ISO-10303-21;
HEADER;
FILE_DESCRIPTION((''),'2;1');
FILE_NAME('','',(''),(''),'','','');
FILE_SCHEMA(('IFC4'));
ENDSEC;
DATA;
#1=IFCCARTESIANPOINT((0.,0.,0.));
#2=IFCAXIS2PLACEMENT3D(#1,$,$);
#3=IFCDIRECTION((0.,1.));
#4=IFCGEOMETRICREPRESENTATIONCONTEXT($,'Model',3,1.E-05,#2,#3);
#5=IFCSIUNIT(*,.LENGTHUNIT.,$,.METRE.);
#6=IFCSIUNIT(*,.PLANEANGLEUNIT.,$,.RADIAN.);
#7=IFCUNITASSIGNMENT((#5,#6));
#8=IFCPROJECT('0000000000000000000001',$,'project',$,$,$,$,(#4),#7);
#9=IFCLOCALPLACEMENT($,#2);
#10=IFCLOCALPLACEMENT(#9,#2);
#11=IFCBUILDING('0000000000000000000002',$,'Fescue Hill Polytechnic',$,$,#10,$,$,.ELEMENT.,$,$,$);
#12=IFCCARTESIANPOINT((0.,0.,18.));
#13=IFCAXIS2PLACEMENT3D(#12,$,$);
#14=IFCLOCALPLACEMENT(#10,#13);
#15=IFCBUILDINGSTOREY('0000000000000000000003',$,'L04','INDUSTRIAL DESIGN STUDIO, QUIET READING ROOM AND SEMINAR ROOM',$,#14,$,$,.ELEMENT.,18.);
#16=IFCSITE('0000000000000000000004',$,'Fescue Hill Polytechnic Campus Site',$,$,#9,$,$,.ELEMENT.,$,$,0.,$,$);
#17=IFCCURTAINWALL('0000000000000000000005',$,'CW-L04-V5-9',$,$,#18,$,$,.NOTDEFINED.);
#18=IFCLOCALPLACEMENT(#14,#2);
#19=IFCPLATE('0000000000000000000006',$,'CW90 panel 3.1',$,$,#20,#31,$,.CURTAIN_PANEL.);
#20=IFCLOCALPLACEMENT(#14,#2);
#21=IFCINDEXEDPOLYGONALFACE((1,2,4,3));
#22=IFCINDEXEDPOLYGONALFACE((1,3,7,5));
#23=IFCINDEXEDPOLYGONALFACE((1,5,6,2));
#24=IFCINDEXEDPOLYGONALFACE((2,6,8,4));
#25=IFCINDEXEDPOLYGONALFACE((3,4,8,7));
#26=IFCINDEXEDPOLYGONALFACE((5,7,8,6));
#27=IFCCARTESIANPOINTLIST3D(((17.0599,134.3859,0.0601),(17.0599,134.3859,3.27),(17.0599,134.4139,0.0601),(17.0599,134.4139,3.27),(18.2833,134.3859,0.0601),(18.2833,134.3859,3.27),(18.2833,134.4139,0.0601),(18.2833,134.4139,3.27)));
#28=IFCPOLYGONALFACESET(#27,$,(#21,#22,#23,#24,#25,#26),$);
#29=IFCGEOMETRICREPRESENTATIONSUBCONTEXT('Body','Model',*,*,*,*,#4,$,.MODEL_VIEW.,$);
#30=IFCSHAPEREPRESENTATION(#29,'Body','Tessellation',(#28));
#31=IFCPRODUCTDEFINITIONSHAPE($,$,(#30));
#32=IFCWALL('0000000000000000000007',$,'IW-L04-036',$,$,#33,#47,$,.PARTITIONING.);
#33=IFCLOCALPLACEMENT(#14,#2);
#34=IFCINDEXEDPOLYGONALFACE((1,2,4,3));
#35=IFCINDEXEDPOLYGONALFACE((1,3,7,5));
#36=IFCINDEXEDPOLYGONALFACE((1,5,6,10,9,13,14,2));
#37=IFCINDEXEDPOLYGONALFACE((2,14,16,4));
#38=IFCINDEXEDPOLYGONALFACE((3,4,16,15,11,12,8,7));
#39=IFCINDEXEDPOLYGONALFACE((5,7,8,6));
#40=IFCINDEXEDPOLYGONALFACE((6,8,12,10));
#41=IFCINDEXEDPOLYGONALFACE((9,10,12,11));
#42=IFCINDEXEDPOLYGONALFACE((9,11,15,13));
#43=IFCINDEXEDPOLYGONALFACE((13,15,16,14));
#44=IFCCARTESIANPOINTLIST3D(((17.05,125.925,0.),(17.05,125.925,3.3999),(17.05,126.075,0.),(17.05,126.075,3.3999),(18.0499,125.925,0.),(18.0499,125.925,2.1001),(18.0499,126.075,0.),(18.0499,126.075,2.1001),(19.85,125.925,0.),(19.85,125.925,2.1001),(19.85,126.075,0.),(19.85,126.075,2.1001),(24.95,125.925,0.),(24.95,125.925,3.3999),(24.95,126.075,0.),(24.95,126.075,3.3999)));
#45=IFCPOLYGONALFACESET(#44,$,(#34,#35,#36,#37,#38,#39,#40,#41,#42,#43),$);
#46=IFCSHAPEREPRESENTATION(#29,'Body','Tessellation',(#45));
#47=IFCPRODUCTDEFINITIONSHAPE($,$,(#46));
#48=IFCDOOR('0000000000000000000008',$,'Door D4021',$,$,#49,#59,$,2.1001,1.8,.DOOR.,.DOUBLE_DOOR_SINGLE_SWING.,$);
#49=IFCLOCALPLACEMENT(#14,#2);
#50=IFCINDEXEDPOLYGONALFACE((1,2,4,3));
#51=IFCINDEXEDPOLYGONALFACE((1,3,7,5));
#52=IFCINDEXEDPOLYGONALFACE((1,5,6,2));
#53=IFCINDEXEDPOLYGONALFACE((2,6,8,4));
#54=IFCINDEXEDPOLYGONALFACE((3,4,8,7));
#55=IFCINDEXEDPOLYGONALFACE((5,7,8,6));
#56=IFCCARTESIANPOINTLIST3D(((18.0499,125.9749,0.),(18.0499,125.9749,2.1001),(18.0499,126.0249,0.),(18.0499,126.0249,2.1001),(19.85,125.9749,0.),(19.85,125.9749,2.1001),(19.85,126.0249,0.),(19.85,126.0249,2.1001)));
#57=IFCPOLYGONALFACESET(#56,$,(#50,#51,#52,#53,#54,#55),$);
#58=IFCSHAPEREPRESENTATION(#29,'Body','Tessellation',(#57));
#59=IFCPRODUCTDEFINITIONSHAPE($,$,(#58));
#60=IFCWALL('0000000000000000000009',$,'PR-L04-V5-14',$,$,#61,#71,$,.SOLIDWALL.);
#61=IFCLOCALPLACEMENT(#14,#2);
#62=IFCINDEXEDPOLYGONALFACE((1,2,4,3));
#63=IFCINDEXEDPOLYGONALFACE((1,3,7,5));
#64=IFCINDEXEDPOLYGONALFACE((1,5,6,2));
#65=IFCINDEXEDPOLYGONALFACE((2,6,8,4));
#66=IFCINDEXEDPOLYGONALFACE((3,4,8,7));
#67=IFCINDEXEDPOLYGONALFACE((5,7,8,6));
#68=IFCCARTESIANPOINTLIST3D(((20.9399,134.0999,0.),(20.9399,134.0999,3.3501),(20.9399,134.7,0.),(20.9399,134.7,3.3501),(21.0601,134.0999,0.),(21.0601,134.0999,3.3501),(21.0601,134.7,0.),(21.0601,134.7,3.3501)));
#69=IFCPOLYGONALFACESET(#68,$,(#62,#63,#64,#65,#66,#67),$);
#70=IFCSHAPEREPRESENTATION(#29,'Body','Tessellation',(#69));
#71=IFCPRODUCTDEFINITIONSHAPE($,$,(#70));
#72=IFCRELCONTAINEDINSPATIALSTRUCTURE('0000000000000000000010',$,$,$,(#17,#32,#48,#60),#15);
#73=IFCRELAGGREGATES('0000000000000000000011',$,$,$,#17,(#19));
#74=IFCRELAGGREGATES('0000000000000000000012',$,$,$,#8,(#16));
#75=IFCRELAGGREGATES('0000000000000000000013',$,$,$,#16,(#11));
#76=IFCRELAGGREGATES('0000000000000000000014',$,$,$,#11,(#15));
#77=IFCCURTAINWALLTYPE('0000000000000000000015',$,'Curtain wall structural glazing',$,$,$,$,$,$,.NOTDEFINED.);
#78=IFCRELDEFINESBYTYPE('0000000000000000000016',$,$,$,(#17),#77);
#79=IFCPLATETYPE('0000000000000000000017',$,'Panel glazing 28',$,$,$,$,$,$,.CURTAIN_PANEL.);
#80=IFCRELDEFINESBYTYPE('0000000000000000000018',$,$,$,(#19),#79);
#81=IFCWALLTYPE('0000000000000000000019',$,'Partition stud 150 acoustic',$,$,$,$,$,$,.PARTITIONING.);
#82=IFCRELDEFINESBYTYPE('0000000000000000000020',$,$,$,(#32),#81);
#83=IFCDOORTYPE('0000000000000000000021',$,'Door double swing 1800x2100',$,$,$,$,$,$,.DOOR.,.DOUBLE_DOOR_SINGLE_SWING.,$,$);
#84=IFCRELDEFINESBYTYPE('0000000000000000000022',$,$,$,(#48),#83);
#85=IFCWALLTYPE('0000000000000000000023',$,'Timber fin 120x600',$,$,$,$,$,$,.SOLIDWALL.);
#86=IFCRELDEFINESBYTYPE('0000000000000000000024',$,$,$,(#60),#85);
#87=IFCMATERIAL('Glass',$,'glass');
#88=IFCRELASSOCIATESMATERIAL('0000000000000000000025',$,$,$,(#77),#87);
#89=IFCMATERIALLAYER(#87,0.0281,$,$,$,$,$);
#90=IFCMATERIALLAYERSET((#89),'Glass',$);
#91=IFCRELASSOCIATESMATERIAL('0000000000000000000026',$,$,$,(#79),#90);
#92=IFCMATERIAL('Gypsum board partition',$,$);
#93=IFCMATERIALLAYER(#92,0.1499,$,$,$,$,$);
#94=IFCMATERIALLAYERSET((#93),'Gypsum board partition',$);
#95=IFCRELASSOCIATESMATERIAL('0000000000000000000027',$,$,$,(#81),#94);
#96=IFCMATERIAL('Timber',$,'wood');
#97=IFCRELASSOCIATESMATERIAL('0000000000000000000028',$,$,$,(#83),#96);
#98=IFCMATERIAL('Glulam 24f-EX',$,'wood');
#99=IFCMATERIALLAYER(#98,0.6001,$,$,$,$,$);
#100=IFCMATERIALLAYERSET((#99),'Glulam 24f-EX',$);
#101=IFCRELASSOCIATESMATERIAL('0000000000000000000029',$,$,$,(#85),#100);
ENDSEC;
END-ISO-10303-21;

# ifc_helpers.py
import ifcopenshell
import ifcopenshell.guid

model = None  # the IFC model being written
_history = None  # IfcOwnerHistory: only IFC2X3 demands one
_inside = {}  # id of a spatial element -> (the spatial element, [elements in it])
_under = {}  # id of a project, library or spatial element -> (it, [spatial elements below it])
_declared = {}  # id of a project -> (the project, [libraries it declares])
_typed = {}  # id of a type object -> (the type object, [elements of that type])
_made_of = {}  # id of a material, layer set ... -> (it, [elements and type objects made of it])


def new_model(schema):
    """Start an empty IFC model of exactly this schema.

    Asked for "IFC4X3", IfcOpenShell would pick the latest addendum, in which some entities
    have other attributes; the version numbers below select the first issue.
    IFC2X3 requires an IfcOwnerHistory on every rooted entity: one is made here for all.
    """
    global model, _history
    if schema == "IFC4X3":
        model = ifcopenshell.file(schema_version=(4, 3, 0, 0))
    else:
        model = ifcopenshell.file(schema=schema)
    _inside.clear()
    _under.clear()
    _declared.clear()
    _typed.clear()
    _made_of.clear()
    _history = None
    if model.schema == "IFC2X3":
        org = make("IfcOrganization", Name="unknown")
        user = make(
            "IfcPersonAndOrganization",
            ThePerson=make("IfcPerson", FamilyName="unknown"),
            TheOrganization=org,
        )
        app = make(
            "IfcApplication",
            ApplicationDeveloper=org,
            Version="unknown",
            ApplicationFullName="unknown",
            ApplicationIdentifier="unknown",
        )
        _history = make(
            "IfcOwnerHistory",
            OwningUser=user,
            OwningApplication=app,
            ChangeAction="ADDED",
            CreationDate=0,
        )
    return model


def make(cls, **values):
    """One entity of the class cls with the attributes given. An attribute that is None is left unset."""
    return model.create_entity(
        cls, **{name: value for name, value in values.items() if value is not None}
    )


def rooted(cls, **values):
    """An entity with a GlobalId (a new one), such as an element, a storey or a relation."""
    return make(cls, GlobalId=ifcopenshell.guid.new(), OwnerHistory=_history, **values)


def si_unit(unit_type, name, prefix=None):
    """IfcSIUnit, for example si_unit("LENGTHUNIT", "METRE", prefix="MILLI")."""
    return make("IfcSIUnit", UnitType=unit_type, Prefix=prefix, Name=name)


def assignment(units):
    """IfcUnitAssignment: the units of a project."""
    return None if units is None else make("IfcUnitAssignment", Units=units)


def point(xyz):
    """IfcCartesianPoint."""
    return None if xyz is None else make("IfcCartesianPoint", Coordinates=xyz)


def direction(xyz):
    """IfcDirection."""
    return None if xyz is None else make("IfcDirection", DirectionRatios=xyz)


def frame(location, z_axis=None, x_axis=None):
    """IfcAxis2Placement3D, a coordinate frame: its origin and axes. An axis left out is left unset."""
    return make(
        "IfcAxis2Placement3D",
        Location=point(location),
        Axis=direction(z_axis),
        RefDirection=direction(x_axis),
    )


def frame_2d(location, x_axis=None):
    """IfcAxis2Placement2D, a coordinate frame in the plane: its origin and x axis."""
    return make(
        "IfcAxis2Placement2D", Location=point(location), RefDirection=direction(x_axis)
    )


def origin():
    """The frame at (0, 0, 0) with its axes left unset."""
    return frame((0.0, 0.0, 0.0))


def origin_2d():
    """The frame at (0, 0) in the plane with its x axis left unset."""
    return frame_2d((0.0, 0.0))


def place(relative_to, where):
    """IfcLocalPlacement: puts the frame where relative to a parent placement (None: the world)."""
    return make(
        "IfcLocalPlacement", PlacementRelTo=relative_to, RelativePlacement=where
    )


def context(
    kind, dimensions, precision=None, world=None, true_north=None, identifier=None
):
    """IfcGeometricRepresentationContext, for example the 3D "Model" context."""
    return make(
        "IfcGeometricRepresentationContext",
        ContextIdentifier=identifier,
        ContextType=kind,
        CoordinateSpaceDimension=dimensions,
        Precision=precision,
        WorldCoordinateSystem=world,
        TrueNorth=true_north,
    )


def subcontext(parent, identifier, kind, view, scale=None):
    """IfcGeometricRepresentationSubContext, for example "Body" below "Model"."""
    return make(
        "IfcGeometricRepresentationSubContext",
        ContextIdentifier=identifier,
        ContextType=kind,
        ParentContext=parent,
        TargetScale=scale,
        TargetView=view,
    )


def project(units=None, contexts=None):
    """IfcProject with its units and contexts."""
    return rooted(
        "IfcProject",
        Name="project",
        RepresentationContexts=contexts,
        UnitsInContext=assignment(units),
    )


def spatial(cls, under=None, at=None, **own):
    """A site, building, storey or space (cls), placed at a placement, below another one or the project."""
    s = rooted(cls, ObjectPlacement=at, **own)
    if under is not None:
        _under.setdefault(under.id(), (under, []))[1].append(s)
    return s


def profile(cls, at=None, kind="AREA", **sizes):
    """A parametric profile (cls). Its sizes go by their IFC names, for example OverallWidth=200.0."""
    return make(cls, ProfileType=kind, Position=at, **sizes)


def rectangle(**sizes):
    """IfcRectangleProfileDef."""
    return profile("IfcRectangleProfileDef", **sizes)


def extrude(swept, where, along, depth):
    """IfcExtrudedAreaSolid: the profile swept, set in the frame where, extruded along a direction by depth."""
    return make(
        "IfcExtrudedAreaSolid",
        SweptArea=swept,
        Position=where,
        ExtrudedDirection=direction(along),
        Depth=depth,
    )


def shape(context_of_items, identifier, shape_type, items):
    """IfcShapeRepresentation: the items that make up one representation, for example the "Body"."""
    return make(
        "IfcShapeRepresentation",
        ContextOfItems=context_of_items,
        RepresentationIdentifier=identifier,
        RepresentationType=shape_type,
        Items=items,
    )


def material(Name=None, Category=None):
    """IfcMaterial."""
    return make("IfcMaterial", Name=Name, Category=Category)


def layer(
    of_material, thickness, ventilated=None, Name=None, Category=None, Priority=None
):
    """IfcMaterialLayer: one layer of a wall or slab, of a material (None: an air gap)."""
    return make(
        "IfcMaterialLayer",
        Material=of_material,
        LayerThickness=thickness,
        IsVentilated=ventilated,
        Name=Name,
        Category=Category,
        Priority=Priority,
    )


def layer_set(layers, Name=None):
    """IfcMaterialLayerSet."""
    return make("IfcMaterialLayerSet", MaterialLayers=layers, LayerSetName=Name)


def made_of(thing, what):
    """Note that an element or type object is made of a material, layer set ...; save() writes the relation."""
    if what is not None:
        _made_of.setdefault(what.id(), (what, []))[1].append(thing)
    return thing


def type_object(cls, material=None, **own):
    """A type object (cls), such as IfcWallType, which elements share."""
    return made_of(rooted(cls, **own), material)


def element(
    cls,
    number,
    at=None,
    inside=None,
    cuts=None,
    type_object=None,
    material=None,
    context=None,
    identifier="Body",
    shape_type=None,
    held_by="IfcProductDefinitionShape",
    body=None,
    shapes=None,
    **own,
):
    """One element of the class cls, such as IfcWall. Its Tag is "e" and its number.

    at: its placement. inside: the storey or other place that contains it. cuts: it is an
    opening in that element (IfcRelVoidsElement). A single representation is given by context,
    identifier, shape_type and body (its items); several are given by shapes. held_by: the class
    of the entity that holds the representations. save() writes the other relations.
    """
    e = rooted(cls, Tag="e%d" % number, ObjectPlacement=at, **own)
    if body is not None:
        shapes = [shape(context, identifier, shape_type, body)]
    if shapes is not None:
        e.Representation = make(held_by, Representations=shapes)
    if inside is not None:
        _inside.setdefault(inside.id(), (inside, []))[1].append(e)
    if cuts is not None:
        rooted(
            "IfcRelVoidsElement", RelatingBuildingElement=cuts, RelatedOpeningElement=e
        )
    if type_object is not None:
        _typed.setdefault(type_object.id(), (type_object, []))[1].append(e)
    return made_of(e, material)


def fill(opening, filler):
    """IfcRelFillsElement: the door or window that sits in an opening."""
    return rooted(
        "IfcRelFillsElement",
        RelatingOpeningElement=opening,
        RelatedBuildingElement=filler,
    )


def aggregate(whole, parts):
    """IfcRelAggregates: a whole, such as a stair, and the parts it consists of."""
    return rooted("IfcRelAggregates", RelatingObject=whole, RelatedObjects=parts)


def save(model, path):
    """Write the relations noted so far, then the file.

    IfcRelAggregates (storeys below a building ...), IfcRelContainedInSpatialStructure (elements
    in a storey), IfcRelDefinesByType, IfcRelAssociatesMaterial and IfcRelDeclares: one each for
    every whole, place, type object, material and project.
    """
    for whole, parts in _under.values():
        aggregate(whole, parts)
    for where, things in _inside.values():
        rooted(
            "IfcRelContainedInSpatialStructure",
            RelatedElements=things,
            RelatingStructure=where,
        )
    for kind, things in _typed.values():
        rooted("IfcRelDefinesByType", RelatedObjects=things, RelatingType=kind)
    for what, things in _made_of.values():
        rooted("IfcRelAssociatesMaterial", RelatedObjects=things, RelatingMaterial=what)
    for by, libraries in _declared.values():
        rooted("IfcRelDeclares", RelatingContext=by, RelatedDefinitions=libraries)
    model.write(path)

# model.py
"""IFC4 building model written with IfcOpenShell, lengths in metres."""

from ifc_helpers import new_model, si_unit, direction, frame, frame_2d, origin, origin_2d, place, context, subcontext, project, spatial, rectangle, extrude, material, layer, layer_set, type_object, element, fill, aggregate, save


model = new_model("IFC4")

# Units and contexts
model_context = context("Model", 3, precision=1e-05, world=origin(), true_north=direction((0.0, 1.0)))
body_context = subcontext(model_context, "Body", "Model", "MODEL_VIEW")
ifc_project = project(units=[si_unit("LENGTHUNIT", "METRE"), si_unit("PLANEANGLEUNIT", "RADIAN")], contexts=[model_context])

# Site, building, storey
site_placement = place(None, origin())
site = spatial("IfcSite", under=ifc_project, at=site_placement, Name="Fescue Hill Polytechnic Campus Site", CompositionType="ELEMENT", RefElevation=0.0)
building_placement = place(site_placement, origin())
building = spatial("IfcBuilding", under=site, at=building_placement, Name="Fescue Hill Polytechnic", CompositionType="ELEMENT")
storey_placement = place(building_placement, frame((0.0, 0.0, 18.0)))
storey = spatial("IfcBuildingStorey", under=building, at=storey_placement, Name="L04", Description="INDUSTRIAL DESIGN STUDIO, QUIET READING ROOM AND SEMINAR ROOM", CompositionType="ELEMENT", Elevation=18.0)

# Curtain wall
ifc_material_1 = material(Name="Glass", Category="glass")
curtain_wall_type = type_object("IfcCurtainWallType", Name="Curtain wall structural glazing", PredefinedType="NOTDEFINED", material=ifc_material_1)
curtain_wall_1_placement = place(storey_placement, origin())
curtain_wall_1 = element("IfcCurtainWall", 1, at=curtain_wall_1_placement, inside=storey, type_object=curtain_wall_type, Name="CW-L04-V5-9", PredefinedType="NOTDEFINED")

# Plate
ifc_layer_1 = layer(ifc_material_1, 0.0281)
ifc_layer_set_1 = layer_set([ifc_layer_1], Name="Glass")
plate_type = type_object("IfcPlateType", Name="Panel glazing 28", PredefinedType="CURTAIN_PANEL", material=ifc_layer_set_1)
plate_1_placement = place(storey_placement, frame((17.6716, 134.3999, 0.0601), z_axis=(0.0, 0.0, 1.0), x_axis=(-1.0, 0.0, 0.0)))
plate_1 = element("IfcPlate", 2, at=plate_1_placement, type_object=plate_type, Name="CW90 panel 3.1", PredefinedType="CURTAIN_PANEL", context=body_context, shape_type="SweptSolid", body=[
    extrude(rectangle(XDim=1.2234, YDim=0.0281, at=origin_2d()), origin(), (0.0, 0.0, 1.0), 3.21),
])
aggregate(curtain_wall_1, [plate_1])

# Wall, opening, door
ifc_material_2 = material(Name="Gypsum board partition")
ifc_layer_2 = layer(ifc_material_2, 0.1499)
ifc_layer_set_2 = layer_set([ifc_layer_2], Name="Gypsum board partition")
wall_type_1 = type_object("IfcWallType", Name="Partition stud 150 acoustic", PredefinedType="PARTITIONING", material=ifc_layer_set_2)
wall_1_placement = place(storey_placement, frame((17.05, 126.0, 0.0), z_axis=(0.0, 0.0, 1.0), x_axis=(1.0, 0.0, 0.0)))
wall_1 = element("IfcWall", 3, at=wall_1_placement, inside=storey, type_object=wall_type_1, Name="IW-L04-036", PredefinedType="PARTITIONING", context=body_context, shape_type="SweptSolid", body=[
    extrude(rectangle(XDim=7.8999, YDim=0.1499, at=frame_2d((3.95, 0.0))), origin(), (0.0, 0.0, 1.0), 3.3999),
])
opening_placement = place(wall_1_placement, frame((1.0, 0.0, 0.0)))
opening = element("IfcOpeningElement", 4, at=opening_placement, cuts=wall_1, PredefinedType="OPENING", context=body_context, shape_type="SweptSolid", body=[
    extrude(rectangle(XDim=1.8, YDim=2.1001, at=frame_2d((0.8999, 1.05))), frame((0.0, 0.085, 0.0), z_axis=(0.0, -1.0, 0.0), x_axis=(1.0, 0.0, 0.0)), (0.0, 0.0, 1.0), 0.1699),
])
ifc_material_3 = material(Name="Timber", Category="wood")
door_type = type_object("IfcDoorType", Name="Door double swing 1800x2100", OperationType="DOUBLE_DOOR_SINGLE_SWING", PredefinedType="DOOR", material=ifc_material_3)
door_placement = place(opening_placement, origin())
door = element("IfcDoor", 5, at=door_placement, inside=storey, type_object=door_type, Name="Door D4021", OperationType="DOUBLE_DOOR_SINGLE_SWING", OverallHeight=2.1001, OverallWidth=1.8, PredefinedType="DOOR", context=body_context, shape_type="SweptSolid", body=[
    extrude(rectangle(XDim=1.8, YDim=2.1001, at=frame_2d((0.8999, 1.05))), frame((0.0, 0.0249, 0.0), z_axis=(0.0, -1.0, 0.0), x_axis=(1.0, 0.0, 0.0)), (0.0, 0.0, 1.0), 0.05),
])
fill(opening, door)

# Wall
ifc_material_4 = material(Name="Glulam 24f-EX", Category="wood")
ifc_layer_3 = layer(ifc_material_4, 0.6001)
ifc_layer_set_3 = layer_set([ifc_layer_3], Name="Glulam 24f-EX")
wall_type_2 = type_object("IfcWallType", Name="Timber fin 120x600", PredefinedType="SOLIDWALL", material=ifc_layer_set_3)
wall_2_placement = place(storey_placement, frame((21.0601, 134.3999, 0.0), z_axis=(0.0, 0.0, 1.0), x_axis=(-1.0, 0.0, 0.0)))
element("IfcWall", 6, at=wall_2_placement, inside=storey, type_object=wall_type_2, Name="PR-L04-V5-14", PredefinedType="SOLIDWALL", context=body_context, shape_type="SweptSolid", body=[
    extrude(rectangle(XDim=0.1201, YDim=0.6001, at=frame_2d((0.0601, 0.0))), origin(), (0.0, 0.0, 1.0), 3.3501),
])

save(model, "model.ifc")
